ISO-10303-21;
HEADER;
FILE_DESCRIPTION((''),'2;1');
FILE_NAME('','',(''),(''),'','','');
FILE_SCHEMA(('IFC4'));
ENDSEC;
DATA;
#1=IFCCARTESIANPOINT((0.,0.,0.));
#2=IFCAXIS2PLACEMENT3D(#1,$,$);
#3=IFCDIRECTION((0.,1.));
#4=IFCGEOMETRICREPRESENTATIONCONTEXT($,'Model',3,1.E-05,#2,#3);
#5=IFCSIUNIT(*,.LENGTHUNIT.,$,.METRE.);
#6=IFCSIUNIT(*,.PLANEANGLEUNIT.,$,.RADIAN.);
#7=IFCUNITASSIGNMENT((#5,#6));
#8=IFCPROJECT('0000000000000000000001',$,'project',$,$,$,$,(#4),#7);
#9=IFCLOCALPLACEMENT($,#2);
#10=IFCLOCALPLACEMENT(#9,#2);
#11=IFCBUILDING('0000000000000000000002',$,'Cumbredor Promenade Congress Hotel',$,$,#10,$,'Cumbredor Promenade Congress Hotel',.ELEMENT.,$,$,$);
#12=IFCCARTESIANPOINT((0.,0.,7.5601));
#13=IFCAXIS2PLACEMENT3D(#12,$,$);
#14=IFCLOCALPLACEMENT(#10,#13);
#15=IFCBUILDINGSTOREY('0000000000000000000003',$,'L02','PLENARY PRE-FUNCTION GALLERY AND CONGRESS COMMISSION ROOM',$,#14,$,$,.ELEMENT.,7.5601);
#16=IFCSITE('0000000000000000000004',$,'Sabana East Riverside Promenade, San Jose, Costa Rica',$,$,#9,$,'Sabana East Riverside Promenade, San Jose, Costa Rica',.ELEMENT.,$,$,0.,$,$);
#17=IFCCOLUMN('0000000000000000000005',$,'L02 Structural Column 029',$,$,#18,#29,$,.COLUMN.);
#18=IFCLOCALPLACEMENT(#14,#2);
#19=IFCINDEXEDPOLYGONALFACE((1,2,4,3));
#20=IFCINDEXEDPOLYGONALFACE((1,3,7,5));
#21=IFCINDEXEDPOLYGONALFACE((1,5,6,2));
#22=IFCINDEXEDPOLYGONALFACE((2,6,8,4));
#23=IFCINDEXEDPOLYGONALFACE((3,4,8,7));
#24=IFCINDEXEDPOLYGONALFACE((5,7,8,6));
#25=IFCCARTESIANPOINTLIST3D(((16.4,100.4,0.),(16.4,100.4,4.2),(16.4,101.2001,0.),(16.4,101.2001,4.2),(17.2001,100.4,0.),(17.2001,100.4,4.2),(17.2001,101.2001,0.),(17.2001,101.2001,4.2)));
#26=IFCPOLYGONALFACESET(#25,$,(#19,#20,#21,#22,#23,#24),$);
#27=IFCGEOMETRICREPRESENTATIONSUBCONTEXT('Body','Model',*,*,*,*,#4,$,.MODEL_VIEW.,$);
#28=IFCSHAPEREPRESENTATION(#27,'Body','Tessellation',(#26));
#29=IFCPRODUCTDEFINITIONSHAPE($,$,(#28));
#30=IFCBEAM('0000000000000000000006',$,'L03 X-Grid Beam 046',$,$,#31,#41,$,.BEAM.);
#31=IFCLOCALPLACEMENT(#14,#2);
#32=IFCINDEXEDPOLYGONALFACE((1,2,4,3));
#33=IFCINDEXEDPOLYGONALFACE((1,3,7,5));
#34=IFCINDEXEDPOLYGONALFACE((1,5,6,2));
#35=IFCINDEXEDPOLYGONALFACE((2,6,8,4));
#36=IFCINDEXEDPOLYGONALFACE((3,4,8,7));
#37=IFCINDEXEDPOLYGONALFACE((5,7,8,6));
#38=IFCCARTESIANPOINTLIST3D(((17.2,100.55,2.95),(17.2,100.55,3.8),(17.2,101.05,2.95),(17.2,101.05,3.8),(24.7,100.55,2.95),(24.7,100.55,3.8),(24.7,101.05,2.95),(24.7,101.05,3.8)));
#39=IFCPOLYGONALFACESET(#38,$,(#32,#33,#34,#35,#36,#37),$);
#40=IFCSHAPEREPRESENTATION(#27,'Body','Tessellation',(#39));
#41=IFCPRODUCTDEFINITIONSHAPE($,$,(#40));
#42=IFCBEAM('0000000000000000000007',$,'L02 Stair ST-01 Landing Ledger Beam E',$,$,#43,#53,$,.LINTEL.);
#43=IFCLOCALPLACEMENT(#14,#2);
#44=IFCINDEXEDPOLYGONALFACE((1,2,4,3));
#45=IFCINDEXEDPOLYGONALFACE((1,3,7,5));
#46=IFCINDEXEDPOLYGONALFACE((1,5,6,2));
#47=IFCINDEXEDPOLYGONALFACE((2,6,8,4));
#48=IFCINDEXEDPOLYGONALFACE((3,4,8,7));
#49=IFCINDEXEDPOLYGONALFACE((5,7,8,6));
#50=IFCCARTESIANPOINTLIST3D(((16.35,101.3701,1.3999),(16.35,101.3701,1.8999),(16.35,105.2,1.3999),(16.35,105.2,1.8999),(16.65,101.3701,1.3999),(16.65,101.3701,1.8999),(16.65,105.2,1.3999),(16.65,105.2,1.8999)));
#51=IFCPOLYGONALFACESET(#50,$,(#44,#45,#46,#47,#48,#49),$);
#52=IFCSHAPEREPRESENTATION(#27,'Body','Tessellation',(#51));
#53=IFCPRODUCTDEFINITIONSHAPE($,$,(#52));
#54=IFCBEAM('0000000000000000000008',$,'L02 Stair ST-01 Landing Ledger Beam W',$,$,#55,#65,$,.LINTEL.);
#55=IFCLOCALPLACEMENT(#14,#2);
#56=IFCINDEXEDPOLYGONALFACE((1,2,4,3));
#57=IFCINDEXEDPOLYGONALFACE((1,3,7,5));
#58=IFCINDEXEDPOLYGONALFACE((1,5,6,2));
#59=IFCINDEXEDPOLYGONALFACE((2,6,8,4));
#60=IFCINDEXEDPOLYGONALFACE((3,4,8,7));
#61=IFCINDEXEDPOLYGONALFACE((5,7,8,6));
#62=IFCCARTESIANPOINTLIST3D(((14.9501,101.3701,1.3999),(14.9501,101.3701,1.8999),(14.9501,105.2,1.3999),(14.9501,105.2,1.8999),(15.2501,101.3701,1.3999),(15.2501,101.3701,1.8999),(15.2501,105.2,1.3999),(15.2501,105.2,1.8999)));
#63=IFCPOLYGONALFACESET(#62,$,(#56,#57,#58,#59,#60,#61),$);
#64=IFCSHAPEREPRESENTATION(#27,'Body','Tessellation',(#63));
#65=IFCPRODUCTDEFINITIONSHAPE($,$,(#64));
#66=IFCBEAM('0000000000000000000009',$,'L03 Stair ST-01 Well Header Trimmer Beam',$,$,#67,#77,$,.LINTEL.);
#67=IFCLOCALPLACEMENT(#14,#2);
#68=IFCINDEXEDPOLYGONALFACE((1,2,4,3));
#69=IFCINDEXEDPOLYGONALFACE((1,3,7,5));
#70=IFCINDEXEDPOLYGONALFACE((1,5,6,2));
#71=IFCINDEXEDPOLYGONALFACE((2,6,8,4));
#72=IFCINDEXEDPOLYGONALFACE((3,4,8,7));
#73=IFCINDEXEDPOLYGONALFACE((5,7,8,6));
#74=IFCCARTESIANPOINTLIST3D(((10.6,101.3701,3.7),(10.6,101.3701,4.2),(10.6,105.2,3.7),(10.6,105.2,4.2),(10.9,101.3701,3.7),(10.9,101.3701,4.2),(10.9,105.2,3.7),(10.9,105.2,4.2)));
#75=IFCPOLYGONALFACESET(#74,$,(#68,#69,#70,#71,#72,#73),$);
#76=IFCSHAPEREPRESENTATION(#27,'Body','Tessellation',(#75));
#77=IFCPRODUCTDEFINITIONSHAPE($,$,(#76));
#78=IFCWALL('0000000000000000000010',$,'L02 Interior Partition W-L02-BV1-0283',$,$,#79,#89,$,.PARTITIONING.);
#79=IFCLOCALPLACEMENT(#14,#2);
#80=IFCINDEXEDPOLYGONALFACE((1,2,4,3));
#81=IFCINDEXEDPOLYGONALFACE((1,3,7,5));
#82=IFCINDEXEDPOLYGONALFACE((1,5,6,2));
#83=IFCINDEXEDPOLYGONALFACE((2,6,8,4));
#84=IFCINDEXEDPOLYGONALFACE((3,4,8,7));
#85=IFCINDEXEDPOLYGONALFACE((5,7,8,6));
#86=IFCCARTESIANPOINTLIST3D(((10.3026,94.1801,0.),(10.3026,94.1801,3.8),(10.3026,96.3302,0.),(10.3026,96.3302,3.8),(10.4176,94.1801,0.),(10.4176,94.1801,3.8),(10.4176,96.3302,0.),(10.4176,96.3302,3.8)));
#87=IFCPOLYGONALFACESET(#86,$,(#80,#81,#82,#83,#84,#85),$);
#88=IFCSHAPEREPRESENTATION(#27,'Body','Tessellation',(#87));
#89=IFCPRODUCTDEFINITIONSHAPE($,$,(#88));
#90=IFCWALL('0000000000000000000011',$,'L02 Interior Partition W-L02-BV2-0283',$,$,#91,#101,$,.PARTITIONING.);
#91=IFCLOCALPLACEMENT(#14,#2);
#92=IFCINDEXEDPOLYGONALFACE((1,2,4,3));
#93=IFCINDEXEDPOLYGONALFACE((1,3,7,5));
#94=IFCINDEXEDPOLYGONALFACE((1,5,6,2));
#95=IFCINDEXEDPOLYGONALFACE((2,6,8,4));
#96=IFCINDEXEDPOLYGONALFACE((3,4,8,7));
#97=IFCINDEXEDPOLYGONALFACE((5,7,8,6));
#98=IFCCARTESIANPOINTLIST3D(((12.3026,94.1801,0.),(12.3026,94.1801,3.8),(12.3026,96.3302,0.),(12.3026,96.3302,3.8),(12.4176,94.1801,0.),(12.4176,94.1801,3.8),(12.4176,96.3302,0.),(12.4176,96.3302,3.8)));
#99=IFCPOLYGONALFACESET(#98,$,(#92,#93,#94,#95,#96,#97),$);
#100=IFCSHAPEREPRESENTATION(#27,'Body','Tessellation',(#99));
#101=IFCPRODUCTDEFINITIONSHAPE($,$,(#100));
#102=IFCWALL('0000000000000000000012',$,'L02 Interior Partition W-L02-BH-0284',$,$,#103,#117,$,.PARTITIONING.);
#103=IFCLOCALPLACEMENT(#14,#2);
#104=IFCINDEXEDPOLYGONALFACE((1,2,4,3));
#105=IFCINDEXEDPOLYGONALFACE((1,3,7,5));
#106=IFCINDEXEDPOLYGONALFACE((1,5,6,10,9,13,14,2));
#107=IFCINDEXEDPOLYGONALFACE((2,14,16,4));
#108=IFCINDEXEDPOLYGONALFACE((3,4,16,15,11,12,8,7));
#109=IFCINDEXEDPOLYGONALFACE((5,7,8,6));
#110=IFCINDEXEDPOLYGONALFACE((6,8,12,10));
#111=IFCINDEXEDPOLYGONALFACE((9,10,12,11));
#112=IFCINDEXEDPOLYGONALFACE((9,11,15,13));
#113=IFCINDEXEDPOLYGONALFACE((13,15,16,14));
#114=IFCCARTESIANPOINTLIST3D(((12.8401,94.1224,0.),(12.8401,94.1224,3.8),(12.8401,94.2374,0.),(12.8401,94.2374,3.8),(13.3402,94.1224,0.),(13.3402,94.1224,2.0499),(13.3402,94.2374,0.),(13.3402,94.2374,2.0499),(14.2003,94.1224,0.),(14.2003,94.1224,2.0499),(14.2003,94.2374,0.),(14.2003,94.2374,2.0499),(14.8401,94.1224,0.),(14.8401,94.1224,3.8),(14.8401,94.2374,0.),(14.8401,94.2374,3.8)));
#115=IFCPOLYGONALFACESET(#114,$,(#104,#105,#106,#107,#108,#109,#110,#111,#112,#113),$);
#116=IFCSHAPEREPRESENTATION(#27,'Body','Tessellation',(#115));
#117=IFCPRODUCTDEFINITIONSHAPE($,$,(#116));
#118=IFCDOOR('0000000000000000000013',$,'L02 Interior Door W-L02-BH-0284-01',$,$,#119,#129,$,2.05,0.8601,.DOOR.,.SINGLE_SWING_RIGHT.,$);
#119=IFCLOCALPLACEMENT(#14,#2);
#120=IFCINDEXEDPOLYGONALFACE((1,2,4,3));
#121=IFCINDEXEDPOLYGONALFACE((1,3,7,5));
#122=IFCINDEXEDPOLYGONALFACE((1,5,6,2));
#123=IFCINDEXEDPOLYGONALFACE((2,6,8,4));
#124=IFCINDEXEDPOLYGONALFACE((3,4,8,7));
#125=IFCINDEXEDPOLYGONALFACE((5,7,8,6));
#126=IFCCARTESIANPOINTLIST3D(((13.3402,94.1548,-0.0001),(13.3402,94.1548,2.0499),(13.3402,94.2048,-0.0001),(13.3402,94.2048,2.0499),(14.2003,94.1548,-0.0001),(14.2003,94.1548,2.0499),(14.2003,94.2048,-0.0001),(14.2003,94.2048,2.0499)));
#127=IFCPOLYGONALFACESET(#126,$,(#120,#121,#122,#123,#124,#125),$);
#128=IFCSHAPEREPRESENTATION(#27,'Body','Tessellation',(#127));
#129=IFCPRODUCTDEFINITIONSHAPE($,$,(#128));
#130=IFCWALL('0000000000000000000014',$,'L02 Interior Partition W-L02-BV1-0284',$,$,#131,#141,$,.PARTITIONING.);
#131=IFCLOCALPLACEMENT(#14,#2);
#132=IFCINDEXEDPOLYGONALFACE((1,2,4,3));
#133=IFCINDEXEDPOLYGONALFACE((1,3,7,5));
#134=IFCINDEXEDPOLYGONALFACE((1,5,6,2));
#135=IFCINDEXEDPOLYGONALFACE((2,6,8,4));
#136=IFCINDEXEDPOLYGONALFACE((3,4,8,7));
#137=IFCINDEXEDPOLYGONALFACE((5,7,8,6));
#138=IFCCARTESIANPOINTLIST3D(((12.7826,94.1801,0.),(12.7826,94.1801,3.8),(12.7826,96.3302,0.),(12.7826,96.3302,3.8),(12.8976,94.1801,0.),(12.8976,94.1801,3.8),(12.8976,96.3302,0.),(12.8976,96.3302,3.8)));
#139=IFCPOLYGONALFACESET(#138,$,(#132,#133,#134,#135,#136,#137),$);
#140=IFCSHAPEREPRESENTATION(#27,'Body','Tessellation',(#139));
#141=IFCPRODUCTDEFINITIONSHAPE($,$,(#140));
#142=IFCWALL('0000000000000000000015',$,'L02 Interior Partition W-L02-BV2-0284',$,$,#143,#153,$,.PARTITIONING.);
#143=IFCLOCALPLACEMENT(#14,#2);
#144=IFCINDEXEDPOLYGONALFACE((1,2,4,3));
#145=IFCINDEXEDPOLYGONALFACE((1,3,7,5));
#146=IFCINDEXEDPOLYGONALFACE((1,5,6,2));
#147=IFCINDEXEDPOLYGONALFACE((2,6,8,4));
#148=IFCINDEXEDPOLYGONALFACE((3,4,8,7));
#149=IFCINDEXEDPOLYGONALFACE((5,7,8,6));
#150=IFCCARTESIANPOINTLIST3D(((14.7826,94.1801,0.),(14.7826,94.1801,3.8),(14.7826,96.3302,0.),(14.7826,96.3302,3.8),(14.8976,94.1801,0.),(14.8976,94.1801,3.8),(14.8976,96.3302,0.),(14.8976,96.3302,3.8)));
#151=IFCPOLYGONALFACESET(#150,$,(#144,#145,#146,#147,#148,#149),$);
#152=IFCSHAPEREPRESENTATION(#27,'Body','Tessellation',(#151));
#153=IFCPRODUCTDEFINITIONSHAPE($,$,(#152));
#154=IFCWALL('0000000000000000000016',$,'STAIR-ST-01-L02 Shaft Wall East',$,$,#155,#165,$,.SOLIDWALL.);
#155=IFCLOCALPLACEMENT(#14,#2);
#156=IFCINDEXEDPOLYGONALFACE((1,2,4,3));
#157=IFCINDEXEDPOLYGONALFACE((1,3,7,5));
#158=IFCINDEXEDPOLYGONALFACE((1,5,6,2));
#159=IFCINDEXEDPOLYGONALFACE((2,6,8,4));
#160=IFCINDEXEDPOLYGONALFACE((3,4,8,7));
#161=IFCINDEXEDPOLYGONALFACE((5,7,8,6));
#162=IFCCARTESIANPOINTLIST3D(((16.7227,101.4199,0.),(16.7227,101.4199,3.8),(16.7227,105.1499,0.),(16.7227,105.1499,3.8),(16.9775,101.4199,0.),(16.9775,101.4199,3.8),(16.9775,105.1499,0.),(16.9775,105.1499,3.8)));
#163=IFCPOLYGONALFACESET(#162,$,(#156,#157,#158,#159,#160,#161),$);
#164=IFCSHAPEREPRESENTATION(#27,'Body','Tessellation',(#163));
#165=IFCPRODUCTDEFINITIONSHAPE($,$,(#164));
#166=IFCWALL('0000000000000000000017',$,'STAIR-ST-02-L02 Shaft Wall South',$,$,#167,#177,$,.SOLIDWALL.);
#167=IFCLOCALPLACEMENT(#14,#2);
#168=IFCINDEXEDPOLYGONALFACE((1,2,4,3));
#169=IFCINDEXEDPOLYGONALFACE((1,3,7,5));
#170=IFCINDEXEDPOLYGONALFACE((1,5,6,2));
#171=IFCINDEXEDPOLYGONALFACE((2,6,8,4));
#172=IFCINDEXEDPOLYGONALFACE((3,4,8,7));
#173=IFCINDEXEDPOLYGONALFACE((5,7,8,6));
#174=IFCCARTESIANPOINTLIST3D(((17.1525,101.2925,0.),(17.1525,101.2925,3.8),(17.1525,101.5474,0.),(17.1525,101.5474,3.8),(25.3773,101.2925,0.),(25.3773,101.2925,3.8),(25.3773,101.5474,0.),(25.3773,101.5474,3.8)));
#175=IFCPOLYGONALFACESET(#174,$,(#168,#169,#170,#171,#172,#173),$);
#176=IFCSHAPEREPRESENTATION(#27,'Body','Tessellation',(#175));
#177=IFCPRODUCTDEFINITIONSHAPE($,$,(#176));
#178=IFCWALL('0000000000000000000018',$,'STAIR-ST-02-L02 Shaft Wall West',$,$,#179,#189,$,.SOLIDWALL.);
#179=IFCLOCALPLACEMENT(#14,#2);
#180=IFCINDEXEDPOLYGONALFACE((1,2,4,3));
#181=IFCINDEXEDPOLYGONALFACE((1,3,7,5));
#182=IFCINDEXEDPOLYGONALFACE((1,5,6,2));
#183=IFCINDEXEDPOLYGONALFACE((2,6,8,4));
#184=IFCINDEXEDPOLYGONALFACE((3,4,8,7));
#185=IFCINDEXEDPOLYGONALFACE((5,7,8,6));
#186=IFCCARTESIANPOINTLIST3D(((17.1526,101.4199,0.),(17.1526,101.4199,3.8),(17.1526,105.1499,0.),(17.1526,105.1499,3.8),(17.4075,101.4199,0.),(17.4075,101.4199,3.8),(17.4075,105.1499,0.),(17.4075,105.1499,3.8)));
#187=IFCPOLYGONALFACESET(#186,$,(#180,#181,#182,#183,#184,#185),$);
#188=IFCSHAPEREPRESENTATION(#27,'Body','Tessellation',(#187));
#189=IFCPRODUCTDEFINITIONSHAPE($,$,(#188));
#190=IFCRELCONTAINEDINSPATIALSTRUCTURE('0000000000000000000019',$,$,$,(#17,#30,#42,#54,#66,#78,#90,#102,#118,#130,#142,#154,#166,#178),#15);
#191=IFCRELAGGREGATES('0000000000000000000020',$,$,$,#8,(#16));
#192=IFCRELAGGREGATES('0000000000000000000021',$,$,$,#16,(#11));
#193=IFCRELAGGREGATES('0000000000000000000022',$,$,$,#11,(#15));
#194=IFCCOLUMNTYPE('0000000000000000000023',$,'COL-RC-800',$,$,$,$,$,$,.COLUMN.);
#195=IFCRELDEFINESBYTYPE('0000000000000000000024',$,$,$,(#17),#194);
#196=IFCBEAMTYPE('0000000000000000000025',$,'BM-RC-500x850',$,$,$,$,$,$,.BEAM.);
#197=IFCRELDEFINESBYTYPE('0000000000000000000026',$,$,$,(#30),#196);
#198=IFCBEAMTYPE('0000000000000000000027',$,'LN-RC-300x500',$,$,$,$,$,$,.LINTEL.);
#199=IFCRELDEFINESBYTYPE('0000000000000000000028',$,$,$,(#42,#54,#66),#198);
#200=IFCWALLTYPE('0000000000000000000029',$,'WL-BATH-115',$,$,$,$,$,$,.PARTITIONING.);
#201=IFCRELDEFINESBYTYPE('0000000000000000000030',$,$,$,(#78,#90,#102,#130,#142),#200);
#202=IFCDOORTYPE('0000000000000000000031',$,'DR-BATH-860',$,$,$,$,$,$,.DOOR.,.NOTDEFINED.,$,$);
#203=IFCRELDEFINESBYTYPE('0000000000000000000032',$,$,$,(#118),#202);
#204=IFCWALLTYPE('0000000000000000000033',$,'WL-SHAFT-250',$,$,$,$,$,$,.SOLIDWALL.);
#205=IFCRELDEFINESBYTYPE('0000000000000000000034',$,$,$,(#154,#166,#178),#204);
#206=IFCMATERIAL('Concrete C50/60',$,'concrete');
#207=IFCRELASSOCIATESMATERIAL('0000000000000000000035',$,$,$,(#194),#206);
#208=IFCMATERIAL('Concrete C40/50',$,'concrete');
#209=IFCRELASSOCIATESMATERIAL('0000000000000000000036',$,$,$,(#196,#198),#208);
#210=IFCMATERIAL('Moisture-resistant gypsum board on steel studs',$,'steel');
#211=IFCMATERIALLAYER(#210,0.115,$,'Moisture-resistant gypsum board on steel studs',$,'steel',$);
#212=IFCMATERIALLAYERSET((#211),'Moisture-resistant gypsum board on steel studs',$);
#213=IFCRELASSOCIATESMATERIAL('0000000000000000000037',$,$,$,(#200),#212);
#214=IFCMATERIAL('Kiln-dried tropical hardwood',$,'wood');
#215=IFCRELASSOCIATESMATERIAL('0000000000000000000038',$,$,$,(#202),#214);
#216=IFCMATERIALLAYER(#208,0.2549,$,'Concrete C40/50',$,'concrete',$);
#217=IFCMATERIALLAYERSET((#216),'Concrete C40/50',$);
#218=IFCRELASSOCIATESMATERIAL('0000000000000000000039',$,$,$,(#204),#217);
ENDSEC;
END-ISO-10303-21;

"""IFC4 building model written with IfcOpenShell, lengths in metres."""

from ifc_helpers import new_model, si_unit, direction, frame, frame_2d, origin, origin_2d, place, context, subcontext, project, spatial, rectangle, extrude, material, layer, layer_set, material_profile, profile_set, type_object, element, fill, save


model = new_model("IFC4")

# Units and contexts
model_context = context("Model", 3, precision=1e-05, world=origin(), true_north=direction((0.0, 1.0)))
body_context = subcontext(model_context, "Body", "Model", "MODEL_VIEW")
ifc_project = project(units=[si_unit("LENGTHUNIT", "METRE"), si_unit("PLANEANGLEUNIT", "RADIAN")], contexts=[model_context])

# Site, building, storey
site_placement = place(None, origin())
site = spatial("IfcSite", under=ifc_project, at=site_placement, Name="Sabana East Riverside Promenade, San Jose, Costa Rica", LongName="Sabana East Riverside Promenade, San Jose, Costa Rica", CompositionType="ELEMENT", RefElevation=0.0)
building_placement = place(site_placement, origin())
building = spatial("IfcBuilding", under=site, at=building_placement, Name="Cumbredor Promenade Congress Hotel", LongName="Cumbredor Promenade Congress Hotel", CompositionType="ELEMENT")
storey_placement = place(building_placement, frame((0.0, 0.0, 7.5601)))
storey = spatial("IfcBuildingStorey", under=building, at=storey_placement, Name="L02", Description="PLENARY PRE-FUNCTION GALLERY AND CONGRESS COMMISSION ROOM", CompositionType="ELEMENT", Elevation=7.5601)

# Column
ifc_material_1 = material(Name="Concrete C50/60", Category="concrete")
ifc_material_profile_1 = material_profile(ifc_material_1, rectangle(XDim=0.8, YDim=0.8, at=origin_2d()), Name="RC 800x800")
ifc_profile_set_1 = profile_set([ifc_material_profile_1], Name="Concrete C50/60")
column_type = type_object("IfcColumnType", Name="COL-RC-800", PredefinedType="COLUMN", material=ifc_profile_set_1)
column_placement = place(storey_placement, frame((16.8, 100.8, 0.0), z_axis=(0.0, 0.0, 1.0), x_axis=(1.0, 0.0, 0.0)))
element("IfcColumn", 1, at=column_placement, inside=storey, type_object=column_type, Name="L02 Structural Column 029", PredefinedType="COLUMN", context=body_context, shape_type="SweptSolid", body=[
    extrude(rectangle(XDim=0.8, YDim=0.8, at=origin_2d()), origin(), (0.0, 0.0, 1.0), 4.2),
])

# Beams
ifc_material_2 = material(Name="Concrete C40/50", Category="concrete")
ifc_material_profile_2 = material_profile(ifc_material_2, rectangle(XDim=0.5, YDim=0.8501, at=origin_2d()), Name="RC BEAM 500x850")
ifc_profile_set_2 = profile_set([ifc_material_profile_2], Name="Concrete C40/50")
beam_type_1 = type_object("IfcBeamType", Name="BM-RC-500x850", PredefinedType="BEAM", material=ifc_profile_set_2)
beam_placement = place(storey_placement, frame((17.2, 100.8, 3.375), z_axis=(1.0, 0.0, 0.0), x_axis=(0.0, 1.0, 0.0)))
element("IfcBeam", 2, at=beam_placement, inside=storey, type_object=beam_type_1, Name="L03 X-Grid Beam 046", PredefinedType="BEAM", context=body_context, shape_type="SweptSolid", body=[
    extrude(rectangle(XDim=0.5, YDim=0.8501, at=origin_2d()), origin(), (0.0, 0.0, 1.0), 7.5),
])
ifc_material_profile_3 = material_profile(ifc_material_2, rectangle(XDim=0.3, YDim=0.5, at=origin_2d()), Name="RC LINTEL 300x500")
ifc_profile_set_3 = profile_set([ifc_material_profile_3], Name="Concrete C40/50")
beam_type_2 = type_object("IfcBeamType", Name="LN-RC-300x500", PredefinedType="LINTEL", material=ifc_profile_set_3)
for number, where, z_axis, x_axis, name in (
    (3, (16.5, 101.3701, 1.6499), (0.0, 1.0, 0.0), (-1.0, 0.0, 0.0), "L02 Stair ST-01 Landing Ledger Beam E"),
    (4, (15.1001, 101.3701, 1.6499), (0.0, 1.0, 0.0), (-1.0, 0.0, 0.0), "L02 Stair ST-01 Landing Ledger Beam W"),
    (5, (10.75, 101.3701, 3.95), (0.0, 1.0, 0.0), (-1.0, 0.0, 0.0), "L03 Stair ST-01 Well Header Trimmer Beam"),
):
    element("IfcBeam", number, at=place(storey_placement, frame(where, z_axis=z_axis, x_axis=x_axis)), inside=storey, type_object=beam_type_2, Name=name, PredefinedType="LINTEL", context=body_context, shape_type="SweptSolid", body=[
        extrude(rectangle(XDim=0.3, YDim=0.5, at=origin_2d()), origin(), (0.0, 0.0, 1.0), 3.8298),
    ])

# Walls
ifc_material_3 = material(Name="Moisture-resistant gypsum board on steel studs", Category="steel")
ifc_layer_1 = layer(ifc_material_3, 0.115, Name="Moisture-resistant gypsum board on steel studs", Category="steel")
ifc_layer_set_1 = layer_set([ifc_layer_1], Name="Moisture-resistant gypsum board on steel studs")
wall_type_1 = type_object("IfcWallType", Name="WL-BATH-115", PredefinedType="PARTITIONING", material=ifc_layer_set_1)
for number, where, z_axis, x_axis, name in (
    (6, (10.3601, 94.1799, 0.0), (0.0, 0.0, 1.0), (0.0, 1.0, 0.0), "L02 Interior Partition W-L02-BV1-0283"),
    (7, (12.3601, 94.1799, 0.0), (0.0, 0.0, 1.0), (0.0, 1.0, 0.0), "L02 Interior Partition W-L02-BV2-0283"),
):
    element("IfcWall", number, at=place(storey_placement, frame(where, z_axis=z_axis, x_axis=x_axis)), inside=storey, type_object=wall_type_1, Name=name, PredefinedType="PARTITIONING", context=body_context, shape_type="SweptSolid", body=[
        extrude(rectangle(XDim=2.1501, YDim=0.115, at=frame_2d((1.0752, 0.0))), origin(), (0.0, 0.0, 1.0), 3.8),
    ])

# Wall, opening, door
wall_1_placement = place(storey_placement, frame((12.8401, 94.1799, 0.0), z_axis=(0.0, 0.0, 1.0), x_axis=(1.0, 0.0, 0.0)))
wall_1 = element("IfcWall", 8, at=wall_1_placement, inside=storey, type_object=wall_type_1, Name="L02 Interior Partition W-L02-BH-0284", PredefinedType="PARTITIONING", context=body_context, shape_type="SweptSolid", body=[
    extrude(rectangle(XDim=2.0, YDim=0.115, at=frame_2d((1.0, 0.0))), origin(), (0.0, 0.0, 1.0), 3.8),
])
opening_placement = place(wall_1_placement, frame((0.5, 0.0, 0.0)))
opening = element("IfcOpeningElement", 9, at=opening_placement, cuts=wall_1, PredefinedType="OPENING", context=body_context, shape_type="SweptSolid", body=[
    extrude(rectangle(XDim=0.8601, YDim=2.05, at=frame_2d((0.4302, 1.0249))), frame((0.0, 0.0674, 0.0), z_axis=(0.0, -1.0, 0.0), x_axis=(1.0, 0.0, 0.0)), (0.0, 0.0, 1.0), 0.135),
])
ifc_material_4 = material(Name="Kiln-dried tropical hardwood", Category="wood")
door_type = type_object("IfcDoorType", Name="DR-BATH-860", OperationType="NOTDEFINED", PredefinedType="DOOR", material=ifc_material_4)
door_placement = place(opening_placement, origin())
door = element("IfcDoor", 10, at=door_placement, inside=storey, type_object=door_type, Name="L02 Interior Door W-L02-BH-0284-01", OperationType="SINGLE_SWING_RIGHT", OverallHeight=2.05, OverallWidth=0.8601, PredefinedType="DOOR", context=body_context, shape_type="SweptSolid", body=[
    extrude(rectangle(XDim=0.8601, YDim=2.05, at=frame_2d((0.4302, 1.0249))), frame((0.0, 0.0249, 0.0), z_axis=(0.0, -1.0, 0.0), x_axis=(1.0, 0.0, 0.0)), (0.0, 0.0, 1.0), 0.05),
])
fill(opening, door)

# Walls
for number, where, z_axis, x_axis, name in (
    (11, (12.8401, 94.1799, 0.0), (0.0, 0.0, 1.0), (0.0, 1.0, 0.0), "L02 Interior Partition W-L02-BV1-0284"),
    (12, (14.8401, 94.1799, 0.0), (0.0, 0.0, 1.0), (0.0, 1.0, 0.0), "L02 Interior Partition W-L02-BV2-0284"),
):
    element("IfcWall", number, at=place(storey_placement, frame(where, z_axis=z_axis, x_axis=x_axis)), inside=storey, type_object=wall_type_1, Name=name, PredefinedType="PARTITIONING", context=body_context, shape_type="SweptSolid", body=[
        extrude(rectangle(XDim=2.1501, YDim=0.115, at=frame_2d((1.0752, 0.0))), origin(), (0.0, 0.0, 1.0), 3.8),
    ])
ifc_layer_2 = layer(ifc_material_2, 0.2549, Name="Concrete C40/50", Category="concrete")
ifc_layer_set_2 = layer_set([ifc_layer_2], Name="Concrete C40/50")
wall_type_2 = type_object("IfcWallType", Name="WL-SHAFT-250", PredefinedType="SOLIDWALL", material=ifc_layer_set_2)
wall_2_placement = place(storey_placement, frame((16.8501, 101.4199, 0.0), z_axis=(0.0, 0.0, 1.0), x_axis=(0.0, 1.0, 0.0)))
element("IfcWall", 13, at=wall_2_placement, inside=storey, type_object=wall_type_2, Name="STAIR-ST-01-L02 Shaft Wall East", PredefinedType="SOLIDWALL", context=body_context, shape_type="SweptSolid", body=[
    extrude(rectangle(XDim=3.73, YDim=0.2549, at=frame_2d((1.865, 0.0))), origin(), (0.0, 0.0, 1.0), 3.8),
])
wall_3_placement = place(storey_placement, frame((17.1526, 101.4199, 0.0), z_axis=(0.0, 0.0, 1.0), x_axis=(1.0, 0.0, 0.0)))
element("IfcWall", 14, at=wall_3_placement, inside=storey, type_object=wall_type_2, Name="STAIR-ST-02-L02 Shaft Wall South", PredefinedType="SOLIDWALL", context=body_context, shape_type="SweptSolid", body=[
    extrude(rectangle(XDim=8.2249, YDim=0.2549, at=frame_2d((4.1123, 0.0))), origin(), (0.0, 0.0, 1.0), 3.8),
])
wall_4_placement = place(storey_placement, frame((17.28, 101.4199, 0.0), z_axis=(0.0, 0.0, 1.0), x_axis=(0.0, 1.0, 0.0)))
element("IfcWall", 15, at=wall_4_placement, inside=storey, type_object=wall_type_2, Name="STAIR-ST-02-L02 Shaft Wall West", PredefinedType="SOLIDWALL", context=body_context, shape_type="SweptSolid", body=[
    extrude(rectangle(XDim=3.73, YDim=0.2549, at=frame_2d((1.865, 0.0))), origin(), (0.0, 0.0, 1.0), 3.8),
])

save(model, "model.ifc")
